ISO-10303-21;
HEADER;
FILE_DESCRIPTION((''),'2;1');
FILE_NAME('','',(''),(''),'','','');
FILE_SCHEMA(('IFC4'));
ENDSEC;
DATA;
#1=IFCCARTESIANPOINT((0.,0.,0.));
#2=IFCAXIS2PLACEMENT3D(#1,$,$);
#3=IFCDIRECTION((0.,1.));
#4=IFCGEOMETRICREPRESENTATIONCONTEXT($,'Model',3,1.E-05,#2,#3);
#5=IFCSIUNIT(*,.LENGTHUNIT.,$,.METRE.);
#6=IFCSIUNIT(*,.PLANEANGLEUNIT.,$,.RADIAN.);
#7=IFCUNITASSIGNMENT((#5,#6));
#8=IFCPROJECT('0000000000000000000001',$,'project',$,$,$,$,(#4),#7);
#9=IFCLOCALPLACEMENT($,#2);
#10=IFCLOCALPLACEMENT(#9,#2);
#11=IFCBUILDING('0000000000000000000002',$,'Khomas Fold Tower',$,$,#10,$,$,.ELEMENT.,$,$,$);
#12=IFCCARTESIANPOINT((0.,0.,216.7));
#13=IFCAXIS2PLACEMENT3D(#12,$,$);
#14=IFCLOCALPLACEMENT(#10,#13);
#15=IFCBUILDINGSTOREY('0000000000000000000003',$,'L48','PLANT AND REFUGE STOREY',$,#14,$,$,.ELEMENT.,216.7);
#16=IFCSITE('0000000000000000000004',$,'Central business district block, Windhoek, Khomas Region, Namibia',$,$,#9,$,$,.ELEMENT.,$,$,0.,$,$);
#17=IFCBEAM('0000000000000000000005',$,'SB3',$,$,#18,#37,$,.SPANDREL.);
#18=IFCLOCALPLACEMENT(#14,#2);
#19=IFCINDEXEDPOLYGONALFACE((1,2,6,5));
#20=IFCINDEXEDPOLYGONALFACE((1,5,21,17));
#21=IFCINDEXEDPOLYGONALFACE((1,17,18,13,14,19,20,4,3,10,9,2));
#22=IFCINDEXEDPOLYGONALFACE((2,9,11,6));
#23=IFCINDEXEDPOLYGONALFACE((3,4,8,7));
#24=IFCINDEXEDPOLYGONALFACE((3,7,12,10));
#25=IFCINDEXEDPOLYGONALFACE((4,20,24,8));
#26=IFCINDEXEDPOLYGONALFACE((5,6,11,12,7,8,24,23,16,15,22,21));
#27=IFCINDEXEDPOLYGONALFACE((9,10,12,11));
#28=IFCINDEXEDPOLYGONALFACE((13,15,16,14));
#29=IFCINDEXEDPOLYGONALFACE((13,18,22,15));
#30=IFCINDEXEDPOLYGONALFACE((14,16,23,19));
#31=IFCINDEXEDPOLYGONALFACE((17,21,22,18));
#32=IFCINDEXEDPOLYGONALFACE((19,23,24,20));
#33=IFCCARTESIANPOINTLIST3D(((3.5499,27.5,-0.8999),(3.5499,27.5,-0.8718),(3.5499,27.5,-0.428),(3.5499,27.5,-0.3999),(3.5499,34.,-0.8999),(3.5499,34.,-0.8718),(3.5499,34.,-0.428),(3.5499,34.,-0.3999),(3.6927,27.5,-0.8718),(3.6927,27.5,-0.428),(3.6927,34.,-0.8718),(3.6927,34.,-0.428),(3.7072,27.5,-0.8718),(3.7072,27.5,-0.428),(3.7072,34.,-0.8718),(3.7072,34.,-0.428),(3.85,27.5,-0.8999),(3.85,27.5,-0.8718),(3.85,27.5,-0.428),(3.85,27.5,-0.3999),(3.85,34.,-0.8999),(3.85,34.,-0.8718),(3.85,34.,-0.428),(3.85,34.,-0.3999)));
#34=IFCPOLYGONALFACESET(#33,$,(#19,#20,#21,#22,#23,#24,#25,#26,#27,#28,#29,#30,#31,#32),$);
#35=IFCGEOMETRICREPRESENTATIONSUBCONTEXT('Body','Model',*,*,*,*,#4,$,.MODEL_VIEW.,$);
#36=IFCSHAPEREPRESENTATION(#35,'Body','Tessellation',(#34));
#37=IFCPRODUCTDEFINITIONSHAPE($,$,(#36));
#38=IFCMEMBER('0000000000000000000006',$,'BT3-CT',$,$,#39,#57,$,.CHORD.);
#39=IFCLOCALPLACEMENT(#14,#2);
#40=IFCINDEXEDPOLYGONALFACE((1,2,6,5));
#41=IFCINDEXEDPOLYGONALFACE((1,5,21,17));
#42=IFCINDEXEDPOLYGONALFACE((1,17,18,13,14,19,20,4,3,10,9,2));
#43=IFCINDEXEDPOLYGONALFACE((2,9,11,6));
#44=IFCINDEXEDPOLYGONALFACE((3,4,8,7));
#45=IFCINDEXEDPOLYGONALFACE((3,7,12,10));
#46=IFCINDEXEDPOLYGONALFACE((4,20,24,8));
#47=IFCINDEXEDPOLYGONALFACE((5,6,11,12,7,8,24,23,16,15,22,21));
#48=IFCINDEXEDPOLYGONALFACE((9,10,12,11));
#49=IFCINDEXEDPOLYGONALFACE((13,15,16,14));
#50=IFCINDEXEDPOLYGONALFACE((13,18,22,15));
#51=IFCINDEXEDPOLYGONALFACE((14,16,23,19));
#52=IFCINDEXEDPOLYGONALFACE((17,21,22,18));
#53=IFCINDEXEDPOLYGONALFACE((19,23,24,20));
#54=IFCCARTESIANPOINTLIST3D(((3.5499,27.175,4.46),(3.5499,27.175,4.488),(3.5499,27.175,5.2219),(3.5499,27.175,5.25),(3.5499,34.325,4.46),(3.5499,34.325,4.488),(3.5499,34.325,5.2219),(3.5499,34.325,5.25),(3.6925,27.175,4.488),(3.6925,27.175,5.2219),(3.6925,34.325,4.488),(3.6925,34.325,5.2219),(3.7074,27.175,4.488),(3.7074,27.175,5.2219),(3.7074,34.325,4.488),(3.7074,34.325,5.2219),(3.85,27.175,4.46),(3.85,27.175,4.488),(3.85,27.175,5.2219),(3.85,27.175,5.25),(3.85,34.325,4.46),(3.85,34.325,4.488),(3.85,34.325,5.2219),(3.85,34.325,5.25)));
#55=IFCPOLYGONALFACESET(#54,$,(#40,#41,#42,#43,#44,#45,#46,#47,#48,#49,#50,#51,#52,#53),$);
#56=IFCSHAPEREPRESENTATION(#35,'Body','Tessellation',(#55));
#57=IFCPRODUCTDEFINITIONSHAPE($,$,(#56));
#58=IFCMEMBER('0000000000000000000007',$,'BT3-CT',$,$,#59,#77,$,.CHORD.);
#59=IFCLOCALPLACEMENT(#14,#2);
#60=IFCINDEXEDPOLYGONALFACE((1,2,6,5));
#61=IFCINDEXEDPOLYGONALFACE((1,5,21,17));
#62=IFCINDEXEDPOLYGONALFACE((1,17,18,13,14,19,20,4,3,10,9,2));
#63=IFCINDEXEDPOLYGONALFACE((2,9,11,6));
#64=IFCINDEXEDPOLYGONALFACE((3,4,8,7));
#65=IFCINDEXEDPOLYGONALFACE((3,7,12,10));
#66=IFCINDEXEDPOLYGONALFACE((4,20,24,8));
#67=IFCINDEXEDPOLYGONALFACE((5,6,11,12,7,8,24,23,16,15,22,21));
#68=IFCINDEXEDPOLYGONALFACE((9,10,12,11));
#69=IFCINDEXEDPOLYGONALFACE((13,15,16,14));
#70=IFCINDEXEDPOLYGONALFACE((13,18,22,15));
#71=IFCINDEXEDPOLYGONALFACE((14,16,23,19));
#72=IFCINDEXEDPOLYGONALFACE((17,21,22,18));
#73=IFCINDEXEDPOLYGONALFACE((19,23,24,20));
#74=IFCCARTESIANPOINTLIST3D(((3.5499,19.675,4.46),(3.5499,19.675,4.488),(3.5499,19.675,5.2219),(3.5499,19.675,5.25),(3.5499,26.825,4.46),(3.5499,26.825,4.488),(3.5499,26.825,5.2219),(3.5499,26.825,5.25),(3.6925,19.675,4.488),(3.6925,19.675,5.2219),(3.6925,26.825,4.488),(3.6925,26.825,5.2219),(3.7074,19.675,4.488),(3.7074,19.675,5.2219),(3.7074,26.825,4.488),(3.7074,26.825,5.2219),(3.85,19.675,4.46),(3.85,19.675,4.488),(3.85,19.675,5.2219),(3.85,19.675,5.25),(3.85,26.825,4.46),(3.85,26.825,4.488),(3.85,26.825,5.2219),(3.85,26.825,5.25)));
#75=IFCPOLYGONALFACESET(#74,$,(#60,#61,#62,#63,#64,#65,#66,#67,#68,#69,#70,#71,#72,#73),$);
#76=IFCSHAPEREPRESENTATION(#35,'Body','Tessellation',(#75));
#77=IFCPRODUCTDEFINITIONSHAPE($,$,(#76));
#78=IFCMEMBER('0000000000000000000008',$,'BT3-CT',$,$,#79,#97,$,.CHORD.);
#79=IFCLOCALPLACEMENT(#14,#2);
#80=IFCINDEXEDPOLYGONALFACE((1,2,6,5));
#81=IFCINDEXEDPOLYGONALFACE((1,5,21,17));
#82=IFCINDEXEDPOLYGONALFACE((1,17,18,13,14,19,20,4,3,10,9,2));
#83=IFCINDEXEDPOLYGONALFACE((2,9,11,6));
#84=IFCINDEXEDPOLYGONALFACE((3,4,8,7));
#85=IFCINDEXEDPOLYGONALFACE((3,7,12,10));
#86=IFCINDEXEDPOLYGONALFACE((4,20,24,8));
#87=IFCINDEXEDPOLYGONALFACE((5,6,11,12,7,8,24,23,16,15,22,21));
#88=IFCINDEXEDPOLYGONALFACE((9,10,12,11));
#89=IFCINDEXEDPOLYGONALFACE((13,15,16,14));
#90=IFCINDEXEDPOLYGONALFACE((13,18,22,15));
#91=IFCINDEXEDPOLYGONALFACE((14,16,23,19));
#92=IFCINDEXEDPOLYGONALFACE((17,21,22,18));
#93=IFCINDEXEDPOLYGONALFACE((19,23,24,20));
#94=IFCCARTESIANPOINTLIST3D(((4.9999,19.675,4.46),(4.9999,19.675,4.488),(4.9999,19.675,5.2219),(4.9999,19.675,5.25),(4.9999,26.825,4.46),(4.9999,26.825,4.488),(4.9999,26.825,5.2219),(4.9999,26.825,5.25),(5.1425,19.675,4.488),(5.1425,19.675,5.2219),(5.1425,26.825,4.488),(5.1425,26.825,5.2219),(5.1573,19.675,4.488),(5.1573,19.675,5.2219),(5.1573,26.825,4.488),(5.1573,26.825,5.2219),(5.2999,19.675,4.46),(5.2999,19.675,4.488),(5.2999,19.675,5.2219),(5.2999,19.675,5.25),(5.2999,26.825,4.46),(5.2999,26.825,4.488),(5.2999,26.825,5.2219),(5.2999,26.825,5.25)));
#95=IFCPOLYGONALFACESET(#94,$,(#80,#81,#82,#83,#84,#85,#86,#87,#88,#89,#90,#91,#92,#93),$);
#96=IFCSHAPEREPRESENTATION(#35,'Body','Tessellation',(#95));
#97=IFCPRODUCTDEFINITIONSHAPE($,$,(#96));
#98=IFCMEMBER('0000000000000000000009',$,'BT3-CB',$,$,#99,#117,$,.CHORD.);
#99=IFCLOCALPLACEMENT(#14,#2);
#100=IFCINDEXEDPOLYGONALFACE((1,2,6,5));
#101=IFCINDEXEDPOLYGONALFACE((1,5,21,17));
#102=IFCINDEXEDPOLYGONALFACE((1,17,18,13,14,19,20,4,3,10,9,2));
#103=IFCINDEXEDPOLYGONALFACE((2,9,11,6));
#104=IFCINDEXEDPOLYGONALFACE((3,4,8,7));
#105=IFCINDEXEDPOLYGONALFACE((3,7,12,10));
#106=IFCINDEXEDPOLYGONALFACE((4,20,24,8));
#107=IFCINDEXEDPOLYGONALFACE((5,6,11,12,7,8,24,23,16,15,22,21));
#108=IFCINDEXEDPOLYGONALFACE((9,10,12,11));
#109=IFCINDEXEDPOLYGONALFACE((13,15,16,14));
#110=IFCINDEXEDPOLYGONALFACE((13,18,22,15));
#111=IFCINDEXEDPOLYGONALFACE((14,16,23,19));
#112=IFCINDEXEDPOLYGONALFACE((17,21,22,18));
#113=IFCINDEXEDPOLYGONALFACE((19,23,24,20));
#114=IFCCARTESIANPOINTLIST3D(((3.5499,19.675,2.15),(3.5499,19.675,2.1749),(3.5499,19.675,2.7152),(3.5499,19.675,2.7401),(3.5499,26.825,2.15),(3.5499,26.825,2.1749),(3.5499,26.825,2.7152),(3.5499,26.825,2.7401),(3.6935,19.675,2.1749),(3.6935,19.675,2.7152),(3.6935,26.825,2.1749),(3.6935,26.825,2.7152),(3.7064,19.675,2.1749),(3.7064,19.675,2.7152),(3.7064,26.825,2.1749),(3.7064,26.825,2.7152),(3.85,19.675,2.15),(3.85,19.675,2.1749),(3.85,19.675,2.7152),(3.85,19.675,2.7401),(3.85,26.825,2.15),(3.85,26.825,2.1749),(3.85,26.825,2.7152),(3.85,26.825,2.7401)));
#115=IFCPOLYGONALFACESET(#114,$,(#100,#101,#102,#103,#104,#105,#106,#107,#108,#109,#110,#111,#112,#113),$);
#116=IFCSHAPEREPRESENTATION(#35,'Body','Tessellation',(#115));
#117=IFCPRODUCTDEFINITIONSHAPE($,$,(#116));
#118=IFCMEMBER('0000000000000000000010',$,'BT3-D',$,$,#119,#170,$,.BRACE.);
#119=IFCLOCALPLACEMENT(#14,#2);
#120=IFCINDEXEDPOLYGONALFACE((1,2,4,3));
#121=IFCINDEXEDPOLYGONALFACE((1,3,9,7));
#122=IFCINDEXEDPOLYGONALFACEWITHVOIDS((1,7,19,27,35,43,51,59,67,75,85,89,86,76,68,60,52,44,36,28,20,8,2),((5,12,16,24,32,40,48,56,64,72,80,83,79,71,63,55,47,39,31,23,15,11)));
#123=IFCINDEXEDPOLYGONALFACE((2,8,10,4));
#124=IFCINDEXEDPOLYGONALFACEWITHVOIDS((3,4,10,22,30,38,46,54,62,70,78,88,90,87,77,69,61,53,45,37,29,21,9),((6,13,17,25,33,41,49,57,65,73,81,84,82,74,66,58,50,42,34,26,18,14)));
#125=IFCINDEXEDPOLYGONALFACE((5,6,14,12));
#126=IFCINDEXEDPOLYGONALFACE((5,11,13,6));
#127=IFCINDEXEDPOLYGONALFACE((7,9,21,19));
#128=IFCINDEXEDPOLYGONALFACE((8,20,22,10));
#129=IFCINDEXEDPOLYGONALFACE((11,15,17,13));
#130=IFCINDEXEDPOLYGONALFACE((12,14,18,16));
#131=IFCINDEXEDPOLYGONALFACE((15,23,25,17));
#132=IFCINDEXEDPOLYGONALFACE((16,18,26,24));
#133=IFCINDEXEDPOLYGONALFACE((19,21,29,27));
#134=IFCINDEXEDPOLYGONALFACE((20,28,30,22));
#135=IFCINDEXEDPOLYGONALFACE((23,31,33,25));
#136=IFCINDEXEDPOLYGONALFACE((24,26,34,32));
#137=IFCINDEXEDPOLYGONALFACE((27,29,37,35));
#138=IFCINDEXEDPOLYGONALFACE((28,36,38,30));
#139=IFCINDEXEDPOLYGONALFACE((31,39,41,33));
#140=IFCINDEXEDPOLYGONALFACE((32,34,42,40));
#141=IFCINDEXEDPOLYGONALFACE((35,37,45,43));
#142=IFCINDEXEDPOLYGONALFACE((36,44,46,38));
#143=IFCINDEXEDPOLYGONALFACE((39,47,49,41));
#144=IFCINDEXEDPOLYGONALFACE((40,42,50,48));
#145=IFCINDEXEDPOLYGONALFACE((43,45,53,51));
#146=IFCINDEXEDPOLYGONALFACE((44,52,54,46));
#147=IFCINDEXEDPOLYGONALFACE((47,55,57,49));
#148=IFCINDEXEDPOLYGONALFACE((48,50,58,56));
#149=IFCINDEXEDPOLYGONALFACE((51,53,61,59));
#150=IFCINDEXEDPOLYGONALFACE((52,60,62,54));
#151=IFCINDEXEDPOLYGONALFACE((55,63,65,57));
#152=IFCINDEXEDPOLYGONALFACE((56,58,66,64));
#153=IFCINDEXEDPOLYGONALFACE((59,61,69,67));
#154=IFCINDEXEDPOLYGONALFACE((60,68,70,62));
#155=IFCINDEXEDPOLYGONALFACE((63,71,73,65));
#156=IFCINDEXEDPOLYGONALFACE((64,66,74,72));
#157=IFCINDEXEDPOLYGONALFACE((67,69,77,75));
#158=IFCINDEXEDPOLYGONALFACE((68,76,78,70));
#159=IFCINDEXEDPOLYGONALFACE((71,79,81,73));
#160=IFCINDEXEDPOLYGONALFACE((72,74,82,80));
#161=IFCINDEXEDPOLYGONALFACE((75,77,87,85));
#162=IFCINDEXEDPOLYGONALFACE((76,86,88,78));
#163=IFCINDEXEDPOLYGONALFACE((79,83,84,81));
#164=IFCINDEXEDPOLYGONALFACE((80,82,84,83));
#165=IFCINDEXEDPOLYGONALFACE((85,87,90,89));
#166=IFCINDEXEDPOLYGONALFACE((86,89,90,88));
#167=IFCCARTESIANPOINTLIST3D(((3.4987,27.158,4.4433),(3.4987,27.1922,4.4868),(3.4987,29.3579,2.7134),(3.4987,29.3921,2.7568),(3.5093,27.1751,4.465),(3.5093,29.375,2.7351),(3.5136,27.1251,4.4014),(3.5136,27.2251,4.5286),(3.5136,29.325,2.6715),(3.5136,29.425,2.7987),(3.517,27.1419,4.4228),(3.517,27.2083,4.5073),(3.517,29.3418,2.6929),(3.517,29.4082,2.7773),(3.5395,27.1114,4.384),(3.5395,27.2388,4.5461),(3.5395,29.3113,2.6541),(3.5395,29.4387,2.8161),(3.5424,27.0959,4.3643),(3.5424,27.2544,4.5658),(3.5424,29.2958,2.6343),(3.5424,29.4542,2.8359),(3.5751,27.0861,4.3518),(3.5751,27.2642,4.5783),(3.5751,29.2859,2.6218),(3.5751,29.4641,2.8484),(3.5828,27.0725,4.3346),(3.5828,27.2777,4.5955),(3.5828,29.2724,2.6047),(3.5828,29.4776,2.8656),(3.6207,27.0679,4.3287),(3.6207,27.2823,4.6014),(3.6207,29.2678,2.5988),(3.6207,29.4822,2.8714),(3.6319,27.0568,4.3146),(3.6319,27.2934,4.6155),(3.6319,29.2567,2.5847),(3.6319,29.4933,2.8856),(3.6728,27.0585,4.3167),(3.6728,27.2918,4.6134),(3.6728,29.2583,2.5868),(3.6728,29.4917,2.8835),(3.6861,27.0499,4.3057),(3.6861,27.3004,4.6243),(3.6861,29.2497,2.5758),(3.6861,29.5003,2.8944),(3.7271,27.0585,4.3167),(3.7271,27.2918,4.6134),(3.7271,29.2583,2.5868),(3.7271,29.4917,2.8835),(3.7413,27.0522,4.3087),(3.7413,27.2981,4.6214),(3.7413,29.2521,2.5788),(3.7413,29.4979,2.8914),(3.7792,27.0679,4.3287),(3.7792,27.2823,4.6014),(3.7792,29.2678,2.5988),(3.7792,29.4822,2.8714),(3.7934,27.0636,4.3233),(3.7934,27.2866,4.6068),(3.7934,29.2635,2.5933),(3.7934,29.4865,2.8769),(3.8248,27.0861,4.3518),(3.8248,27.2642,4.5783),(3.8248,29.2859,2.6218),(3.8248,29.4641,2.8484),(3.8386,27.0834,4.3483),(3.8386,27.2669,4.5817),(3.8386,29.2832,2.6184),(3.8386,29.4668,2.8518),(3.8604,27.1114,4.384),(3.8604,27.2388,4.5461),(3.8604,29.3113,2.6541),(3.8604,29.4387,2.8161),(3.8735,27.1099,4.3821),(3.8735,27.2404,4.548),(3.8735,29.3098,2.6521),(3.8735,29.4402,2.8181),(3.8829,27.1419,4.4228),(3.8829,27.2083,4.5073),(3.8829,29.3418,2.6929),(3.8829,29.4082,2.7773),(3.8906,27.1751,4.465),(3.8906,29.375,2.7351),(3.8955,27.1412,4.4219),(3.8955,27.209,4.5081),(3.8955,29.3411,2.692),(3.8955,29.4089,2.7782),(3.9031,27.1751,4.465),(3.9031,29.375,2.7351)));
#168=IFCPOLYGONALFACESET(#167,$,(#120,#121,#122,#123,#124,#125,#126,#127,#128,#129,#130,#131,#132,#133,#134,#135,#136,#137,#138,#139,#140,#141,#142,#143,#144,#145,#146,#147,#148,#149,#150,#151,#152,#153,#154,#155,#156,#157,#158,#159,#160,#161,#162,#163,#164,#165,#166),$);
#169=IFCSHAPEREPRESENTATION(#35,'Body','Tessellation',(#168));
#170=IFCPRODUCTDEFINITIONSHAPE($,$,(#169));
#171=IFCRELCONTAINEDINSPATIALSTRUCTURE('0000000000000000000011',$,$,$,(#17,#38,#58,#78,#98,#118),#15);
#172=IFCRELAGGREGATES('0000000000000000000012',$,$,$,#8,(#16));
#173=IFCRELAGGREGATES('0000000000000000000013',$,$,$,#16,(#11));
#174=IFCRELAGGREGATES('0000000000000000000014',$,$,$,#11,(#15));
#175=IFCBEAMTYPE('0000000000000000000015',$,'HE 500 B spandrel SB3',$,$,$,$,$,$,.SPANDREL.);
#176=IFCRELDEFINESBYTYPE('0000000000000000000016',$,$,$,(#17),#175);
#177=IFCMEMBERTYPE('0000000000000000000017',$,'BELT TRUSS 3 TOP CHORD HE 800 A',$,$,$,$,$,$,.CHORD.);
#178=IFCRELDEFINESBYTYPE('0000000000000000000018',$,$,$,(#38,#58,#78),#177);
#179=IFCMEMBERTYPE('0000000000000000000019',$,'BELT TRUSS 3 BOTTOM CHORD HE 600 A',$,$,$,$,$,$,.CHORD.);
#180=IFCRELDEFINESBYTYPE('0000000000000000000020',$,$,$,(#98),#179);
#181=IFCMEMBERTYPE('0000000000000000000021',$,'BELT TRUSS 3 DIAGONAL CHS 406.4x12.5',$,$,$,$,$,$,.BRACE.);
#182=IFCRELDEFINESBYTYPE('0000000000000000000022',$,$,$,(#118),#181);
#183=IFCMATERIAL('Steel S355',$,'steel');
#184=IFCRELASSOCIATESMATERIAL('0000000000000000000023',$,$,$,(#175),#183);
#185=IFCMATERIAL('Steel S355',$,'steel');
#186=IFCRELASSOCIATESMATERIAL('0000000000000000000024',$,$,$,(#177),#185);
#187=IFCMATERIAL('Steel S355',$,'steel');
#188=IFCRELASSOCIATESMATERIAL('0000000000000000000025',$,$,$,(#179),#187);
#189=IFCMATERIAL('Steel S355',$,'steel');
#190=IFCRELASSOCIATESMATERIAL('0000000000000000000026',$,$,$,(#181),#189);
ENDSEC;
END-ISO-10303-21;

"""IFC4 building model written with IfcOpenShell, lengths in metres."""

from ifc_helpers import new_model, si_unit, direction, frame, origin, origin_2d, place, context, subcontext, project, spatial, hollow_circle, i_section, extrude, source, transform, mapped, material, material_profile, profile_set, type_object, element, save


model = new_model("IFC4")

# Units and contexts
model_context = context("Model", 3, precision=1e-05, world=origin(), true_north=direction((0.0, 1.0)))
body_context = subcontext(model_context, "Body", "Model", "MODEL_VIEW")
ifc_project = project(units=[si_unit("LENGTHUNIT", "METRE"), si_unit("PLANEANGLEUNIT", "RADIAN")], contexts=[model_context])

# Site, building, storey
site_placement = place(None, origin())
site = spatial("IfcSite", under=ifc_project, at=site_placement, Name="Central business district block, Windhoek, Khomas Region, Namibia", CompositionType="ELEMENT", RefElevation=0.0)
building_placement = place(site_placement, origin())
building = spatial("IfcBuilding", under=site, at=building_placement, Name="Khomas Fold Tower", CompositionType="ELEMENT")
storey_placement = place(building_placement, frame((0.0, 0.0, 216.7)))
storey = spatial("IfcBuildingStorey", under=building, at=storey_placement, Name="L48", Description="PLANT AND REFUGE STOREY", CompositionType="ELEMENT", Elevation=216.7)

# Beam
ifc_material_1 = material(Name="Steel S355", Category="steel")
ifc_material_profile_1 = material_profile(ifc_material_1, i_section(OverallWidth=0.3, OverallDepth=0.5, WebThickness=0.0144, FlangeThickness=0.0281, at=origin_2d()), Name="HE 500 B")
ifc_profile_set_1 = profile_set([ifc_material_profile_1], Name="Steel S355")
beam_type_1 = type_object("IfcBeamType", Name="HE 500 B spandrel SB3", PredefinedType="SPANDREL", material=ifc_profile_set_1)
shared_shape_1 = source(origin(), body_context, "Body", "SweptSolid", [
    extrude(i_section(OverallWidth=0.3, OverallDepth=0.5, WebThickness=0.0144, FlangeThickness=0.0281, at=origin_2d()), origin(), (0.0, 0.0, 1.0), 6.5),
])
beam_1_placement = place(storey_placement, frame((3.7, 27.5, -0.6499), z_axis=(0.0, 1.0, 0.0), x_axis=(-1.0, 0.0, 0.0)))
element("IfcBeam", 1, at=beam_1_placement, inside=storey, type_object=beam_type_1, Name="SB3", PredefinedType="SPANDREL", context=body_context, shape_type="MappedRepresentation", body=[
    mapped(shared_shape_1, transform((0.0, 0.0, 0.0))),
])

# Members
ifc_material_2 = material(Name="Steel S355", Category="steel")
ifc_material_profile_2 = material_profile(ifc_material_2, i_section(OverallWidth=0.3, OverallDepth=0.79, WebThickness=0.0149, FlangeThickness=0.0281, at=origin_2d()), Name="HE 800 A")
ifc_profile_set_2 = profile_set([ifc_material_profile_2], Name="Steel S355")
member_type_1 = type_object("IfcMemberType", Name="BELT TRUSS 3 TOP CHORD HE 800 A", PredefinedType="CHORD", material=ifc_profile_set_2)
shared_shape_2 = source(origin(), body_context, "Body", "SweptSolid", [
    extrude(i_section(OverallWidth=0.3, OverallDepth=0.79, WebThickness=0.0149, FlangeThickness=0.0281, at=origin_2d()), origin(), (0.0, 0.0, 1.0), 7.1499),
])
for number, where, z_axis, x_axis, name in (
    (2, (3.7, 34.325, 4.855), (0.0, -1.0, 0.0), (1.0, 0.0, 0.0), "BT3-CT"),
    (3, (3.7, 26.825, 4.855), (0.0, -1.0, 0.0), (1.0, 0.0, 0.0), "BT3-CT"),
    (4, (5.1499, 26.825, 4.855), (0.0, -1.0, 0.0), (1.0, 0.0, 0.0), "BT3-CT"),
):
    element("IfcMember", number, at=place(storey_placement, frame(where, z_axis=z_axis, x_axis=x_axis)), inside=storey, type_object=member_type_1, Name=name, PredefinedType="CHORD", context=body_context, shape_type="MappedRepresentation", body=[
        mapped(shared_shape_2, transform((0.0, 0.0, 0.0))),
    ])
ifc_material_3 = material(Name="Steel S355", Category="steel")
ifc_material_profile_3 = material_profile(ifc_material_3, i_section(OverallWidth=0.3, OverallDepth=0.5901, WebThickness=0.0129, FlangeThickness=0.0249, at=origin_2d()), Name="HE 600 A")
ifc_profile_set_3 = profile_set([ifc_material_profile_3], Name="Steel S355")
member_type_2 = type_object("IfcMemberType", Name="BELT TRUSS 3 BOTTOM CHORD HE 600 A", PredefinedType="CHORD", material=ifc_profile_set_3)
shared_shape_3 = source(origin(), body_context, "Body", "SweptSolid", [
    extrude(i_section(OverallWidth=0.3, OverallDepth=0.5901, WebThickness=0.0129, FlangeThickness=0.0249, at=origin_2d()), origin(), (0.0, 0.0, 1.0), 7.1499),
])
member_1_placement = place(storey_placement, frame((3.7, 26.825, 2.4451), z_axis=(0.0, -1.0, 0.0), x_axis=(1.0, 0.0, 0.0)))
element("IfcMember", 5, at=member_1_placement, inside=storey, type_object=member_type_2, Name="BT3-CB", PredefinedType="CHORD", context=body_context, shape_type="MappedRepresentation", body=[
    mapped(shared_shape_3, transform((0.0, 0.0, 0.0))),
])
ifc_material_4 = material(Name="Steel S355", Category="steel")
ifc_material_profile_4 = material_profile(ifc_material_4, hollow_circle(Radius=0.2031, WallThickness=0.0125, at=origin_2d()), Name="CHS 406.4x12.5")
ifc_profile_set_4 = profile_set([ifc_material_profile_4], Name="Steel S355")
member_type_3 = type_object("IfcMemberType", Name="BELT TRUSS 3 DIAGONAL CHS 406.4x12.5", PredefinedType="BRACE", material=ifc_profile_set_4)
shared_shape_4 = source(origin(), body_context, "Body", "SweptSolid", [
    extrude(hollow_circle(Radius=0.2031, WallThickness=0.0125, at=origin_2d()), origin(), (0.0, 0.0, 1.0), 2.7986),
])
for number, where, z_axis, x_axis, name in (
    (6, (3.7, 29.375, 2.7351), (0.0, -0.786067, 0.618141), (1.0, 0.0, 0.0), "BT3-D"),
):
    element("IfcMember", number, at=place(storey_placement, frame(where, z_axis=z_axis, x_axis=x_axis)), inside=storey, type_object=member_type_3, Name=name, PredefinedType="BRACE", context=body_context, shape_type="MappedRepresentation", body=[
        mapped(shared_shape_4, transform((0.0, 0.0, 0.0))),
    ])

save(model, "model.ifc")
